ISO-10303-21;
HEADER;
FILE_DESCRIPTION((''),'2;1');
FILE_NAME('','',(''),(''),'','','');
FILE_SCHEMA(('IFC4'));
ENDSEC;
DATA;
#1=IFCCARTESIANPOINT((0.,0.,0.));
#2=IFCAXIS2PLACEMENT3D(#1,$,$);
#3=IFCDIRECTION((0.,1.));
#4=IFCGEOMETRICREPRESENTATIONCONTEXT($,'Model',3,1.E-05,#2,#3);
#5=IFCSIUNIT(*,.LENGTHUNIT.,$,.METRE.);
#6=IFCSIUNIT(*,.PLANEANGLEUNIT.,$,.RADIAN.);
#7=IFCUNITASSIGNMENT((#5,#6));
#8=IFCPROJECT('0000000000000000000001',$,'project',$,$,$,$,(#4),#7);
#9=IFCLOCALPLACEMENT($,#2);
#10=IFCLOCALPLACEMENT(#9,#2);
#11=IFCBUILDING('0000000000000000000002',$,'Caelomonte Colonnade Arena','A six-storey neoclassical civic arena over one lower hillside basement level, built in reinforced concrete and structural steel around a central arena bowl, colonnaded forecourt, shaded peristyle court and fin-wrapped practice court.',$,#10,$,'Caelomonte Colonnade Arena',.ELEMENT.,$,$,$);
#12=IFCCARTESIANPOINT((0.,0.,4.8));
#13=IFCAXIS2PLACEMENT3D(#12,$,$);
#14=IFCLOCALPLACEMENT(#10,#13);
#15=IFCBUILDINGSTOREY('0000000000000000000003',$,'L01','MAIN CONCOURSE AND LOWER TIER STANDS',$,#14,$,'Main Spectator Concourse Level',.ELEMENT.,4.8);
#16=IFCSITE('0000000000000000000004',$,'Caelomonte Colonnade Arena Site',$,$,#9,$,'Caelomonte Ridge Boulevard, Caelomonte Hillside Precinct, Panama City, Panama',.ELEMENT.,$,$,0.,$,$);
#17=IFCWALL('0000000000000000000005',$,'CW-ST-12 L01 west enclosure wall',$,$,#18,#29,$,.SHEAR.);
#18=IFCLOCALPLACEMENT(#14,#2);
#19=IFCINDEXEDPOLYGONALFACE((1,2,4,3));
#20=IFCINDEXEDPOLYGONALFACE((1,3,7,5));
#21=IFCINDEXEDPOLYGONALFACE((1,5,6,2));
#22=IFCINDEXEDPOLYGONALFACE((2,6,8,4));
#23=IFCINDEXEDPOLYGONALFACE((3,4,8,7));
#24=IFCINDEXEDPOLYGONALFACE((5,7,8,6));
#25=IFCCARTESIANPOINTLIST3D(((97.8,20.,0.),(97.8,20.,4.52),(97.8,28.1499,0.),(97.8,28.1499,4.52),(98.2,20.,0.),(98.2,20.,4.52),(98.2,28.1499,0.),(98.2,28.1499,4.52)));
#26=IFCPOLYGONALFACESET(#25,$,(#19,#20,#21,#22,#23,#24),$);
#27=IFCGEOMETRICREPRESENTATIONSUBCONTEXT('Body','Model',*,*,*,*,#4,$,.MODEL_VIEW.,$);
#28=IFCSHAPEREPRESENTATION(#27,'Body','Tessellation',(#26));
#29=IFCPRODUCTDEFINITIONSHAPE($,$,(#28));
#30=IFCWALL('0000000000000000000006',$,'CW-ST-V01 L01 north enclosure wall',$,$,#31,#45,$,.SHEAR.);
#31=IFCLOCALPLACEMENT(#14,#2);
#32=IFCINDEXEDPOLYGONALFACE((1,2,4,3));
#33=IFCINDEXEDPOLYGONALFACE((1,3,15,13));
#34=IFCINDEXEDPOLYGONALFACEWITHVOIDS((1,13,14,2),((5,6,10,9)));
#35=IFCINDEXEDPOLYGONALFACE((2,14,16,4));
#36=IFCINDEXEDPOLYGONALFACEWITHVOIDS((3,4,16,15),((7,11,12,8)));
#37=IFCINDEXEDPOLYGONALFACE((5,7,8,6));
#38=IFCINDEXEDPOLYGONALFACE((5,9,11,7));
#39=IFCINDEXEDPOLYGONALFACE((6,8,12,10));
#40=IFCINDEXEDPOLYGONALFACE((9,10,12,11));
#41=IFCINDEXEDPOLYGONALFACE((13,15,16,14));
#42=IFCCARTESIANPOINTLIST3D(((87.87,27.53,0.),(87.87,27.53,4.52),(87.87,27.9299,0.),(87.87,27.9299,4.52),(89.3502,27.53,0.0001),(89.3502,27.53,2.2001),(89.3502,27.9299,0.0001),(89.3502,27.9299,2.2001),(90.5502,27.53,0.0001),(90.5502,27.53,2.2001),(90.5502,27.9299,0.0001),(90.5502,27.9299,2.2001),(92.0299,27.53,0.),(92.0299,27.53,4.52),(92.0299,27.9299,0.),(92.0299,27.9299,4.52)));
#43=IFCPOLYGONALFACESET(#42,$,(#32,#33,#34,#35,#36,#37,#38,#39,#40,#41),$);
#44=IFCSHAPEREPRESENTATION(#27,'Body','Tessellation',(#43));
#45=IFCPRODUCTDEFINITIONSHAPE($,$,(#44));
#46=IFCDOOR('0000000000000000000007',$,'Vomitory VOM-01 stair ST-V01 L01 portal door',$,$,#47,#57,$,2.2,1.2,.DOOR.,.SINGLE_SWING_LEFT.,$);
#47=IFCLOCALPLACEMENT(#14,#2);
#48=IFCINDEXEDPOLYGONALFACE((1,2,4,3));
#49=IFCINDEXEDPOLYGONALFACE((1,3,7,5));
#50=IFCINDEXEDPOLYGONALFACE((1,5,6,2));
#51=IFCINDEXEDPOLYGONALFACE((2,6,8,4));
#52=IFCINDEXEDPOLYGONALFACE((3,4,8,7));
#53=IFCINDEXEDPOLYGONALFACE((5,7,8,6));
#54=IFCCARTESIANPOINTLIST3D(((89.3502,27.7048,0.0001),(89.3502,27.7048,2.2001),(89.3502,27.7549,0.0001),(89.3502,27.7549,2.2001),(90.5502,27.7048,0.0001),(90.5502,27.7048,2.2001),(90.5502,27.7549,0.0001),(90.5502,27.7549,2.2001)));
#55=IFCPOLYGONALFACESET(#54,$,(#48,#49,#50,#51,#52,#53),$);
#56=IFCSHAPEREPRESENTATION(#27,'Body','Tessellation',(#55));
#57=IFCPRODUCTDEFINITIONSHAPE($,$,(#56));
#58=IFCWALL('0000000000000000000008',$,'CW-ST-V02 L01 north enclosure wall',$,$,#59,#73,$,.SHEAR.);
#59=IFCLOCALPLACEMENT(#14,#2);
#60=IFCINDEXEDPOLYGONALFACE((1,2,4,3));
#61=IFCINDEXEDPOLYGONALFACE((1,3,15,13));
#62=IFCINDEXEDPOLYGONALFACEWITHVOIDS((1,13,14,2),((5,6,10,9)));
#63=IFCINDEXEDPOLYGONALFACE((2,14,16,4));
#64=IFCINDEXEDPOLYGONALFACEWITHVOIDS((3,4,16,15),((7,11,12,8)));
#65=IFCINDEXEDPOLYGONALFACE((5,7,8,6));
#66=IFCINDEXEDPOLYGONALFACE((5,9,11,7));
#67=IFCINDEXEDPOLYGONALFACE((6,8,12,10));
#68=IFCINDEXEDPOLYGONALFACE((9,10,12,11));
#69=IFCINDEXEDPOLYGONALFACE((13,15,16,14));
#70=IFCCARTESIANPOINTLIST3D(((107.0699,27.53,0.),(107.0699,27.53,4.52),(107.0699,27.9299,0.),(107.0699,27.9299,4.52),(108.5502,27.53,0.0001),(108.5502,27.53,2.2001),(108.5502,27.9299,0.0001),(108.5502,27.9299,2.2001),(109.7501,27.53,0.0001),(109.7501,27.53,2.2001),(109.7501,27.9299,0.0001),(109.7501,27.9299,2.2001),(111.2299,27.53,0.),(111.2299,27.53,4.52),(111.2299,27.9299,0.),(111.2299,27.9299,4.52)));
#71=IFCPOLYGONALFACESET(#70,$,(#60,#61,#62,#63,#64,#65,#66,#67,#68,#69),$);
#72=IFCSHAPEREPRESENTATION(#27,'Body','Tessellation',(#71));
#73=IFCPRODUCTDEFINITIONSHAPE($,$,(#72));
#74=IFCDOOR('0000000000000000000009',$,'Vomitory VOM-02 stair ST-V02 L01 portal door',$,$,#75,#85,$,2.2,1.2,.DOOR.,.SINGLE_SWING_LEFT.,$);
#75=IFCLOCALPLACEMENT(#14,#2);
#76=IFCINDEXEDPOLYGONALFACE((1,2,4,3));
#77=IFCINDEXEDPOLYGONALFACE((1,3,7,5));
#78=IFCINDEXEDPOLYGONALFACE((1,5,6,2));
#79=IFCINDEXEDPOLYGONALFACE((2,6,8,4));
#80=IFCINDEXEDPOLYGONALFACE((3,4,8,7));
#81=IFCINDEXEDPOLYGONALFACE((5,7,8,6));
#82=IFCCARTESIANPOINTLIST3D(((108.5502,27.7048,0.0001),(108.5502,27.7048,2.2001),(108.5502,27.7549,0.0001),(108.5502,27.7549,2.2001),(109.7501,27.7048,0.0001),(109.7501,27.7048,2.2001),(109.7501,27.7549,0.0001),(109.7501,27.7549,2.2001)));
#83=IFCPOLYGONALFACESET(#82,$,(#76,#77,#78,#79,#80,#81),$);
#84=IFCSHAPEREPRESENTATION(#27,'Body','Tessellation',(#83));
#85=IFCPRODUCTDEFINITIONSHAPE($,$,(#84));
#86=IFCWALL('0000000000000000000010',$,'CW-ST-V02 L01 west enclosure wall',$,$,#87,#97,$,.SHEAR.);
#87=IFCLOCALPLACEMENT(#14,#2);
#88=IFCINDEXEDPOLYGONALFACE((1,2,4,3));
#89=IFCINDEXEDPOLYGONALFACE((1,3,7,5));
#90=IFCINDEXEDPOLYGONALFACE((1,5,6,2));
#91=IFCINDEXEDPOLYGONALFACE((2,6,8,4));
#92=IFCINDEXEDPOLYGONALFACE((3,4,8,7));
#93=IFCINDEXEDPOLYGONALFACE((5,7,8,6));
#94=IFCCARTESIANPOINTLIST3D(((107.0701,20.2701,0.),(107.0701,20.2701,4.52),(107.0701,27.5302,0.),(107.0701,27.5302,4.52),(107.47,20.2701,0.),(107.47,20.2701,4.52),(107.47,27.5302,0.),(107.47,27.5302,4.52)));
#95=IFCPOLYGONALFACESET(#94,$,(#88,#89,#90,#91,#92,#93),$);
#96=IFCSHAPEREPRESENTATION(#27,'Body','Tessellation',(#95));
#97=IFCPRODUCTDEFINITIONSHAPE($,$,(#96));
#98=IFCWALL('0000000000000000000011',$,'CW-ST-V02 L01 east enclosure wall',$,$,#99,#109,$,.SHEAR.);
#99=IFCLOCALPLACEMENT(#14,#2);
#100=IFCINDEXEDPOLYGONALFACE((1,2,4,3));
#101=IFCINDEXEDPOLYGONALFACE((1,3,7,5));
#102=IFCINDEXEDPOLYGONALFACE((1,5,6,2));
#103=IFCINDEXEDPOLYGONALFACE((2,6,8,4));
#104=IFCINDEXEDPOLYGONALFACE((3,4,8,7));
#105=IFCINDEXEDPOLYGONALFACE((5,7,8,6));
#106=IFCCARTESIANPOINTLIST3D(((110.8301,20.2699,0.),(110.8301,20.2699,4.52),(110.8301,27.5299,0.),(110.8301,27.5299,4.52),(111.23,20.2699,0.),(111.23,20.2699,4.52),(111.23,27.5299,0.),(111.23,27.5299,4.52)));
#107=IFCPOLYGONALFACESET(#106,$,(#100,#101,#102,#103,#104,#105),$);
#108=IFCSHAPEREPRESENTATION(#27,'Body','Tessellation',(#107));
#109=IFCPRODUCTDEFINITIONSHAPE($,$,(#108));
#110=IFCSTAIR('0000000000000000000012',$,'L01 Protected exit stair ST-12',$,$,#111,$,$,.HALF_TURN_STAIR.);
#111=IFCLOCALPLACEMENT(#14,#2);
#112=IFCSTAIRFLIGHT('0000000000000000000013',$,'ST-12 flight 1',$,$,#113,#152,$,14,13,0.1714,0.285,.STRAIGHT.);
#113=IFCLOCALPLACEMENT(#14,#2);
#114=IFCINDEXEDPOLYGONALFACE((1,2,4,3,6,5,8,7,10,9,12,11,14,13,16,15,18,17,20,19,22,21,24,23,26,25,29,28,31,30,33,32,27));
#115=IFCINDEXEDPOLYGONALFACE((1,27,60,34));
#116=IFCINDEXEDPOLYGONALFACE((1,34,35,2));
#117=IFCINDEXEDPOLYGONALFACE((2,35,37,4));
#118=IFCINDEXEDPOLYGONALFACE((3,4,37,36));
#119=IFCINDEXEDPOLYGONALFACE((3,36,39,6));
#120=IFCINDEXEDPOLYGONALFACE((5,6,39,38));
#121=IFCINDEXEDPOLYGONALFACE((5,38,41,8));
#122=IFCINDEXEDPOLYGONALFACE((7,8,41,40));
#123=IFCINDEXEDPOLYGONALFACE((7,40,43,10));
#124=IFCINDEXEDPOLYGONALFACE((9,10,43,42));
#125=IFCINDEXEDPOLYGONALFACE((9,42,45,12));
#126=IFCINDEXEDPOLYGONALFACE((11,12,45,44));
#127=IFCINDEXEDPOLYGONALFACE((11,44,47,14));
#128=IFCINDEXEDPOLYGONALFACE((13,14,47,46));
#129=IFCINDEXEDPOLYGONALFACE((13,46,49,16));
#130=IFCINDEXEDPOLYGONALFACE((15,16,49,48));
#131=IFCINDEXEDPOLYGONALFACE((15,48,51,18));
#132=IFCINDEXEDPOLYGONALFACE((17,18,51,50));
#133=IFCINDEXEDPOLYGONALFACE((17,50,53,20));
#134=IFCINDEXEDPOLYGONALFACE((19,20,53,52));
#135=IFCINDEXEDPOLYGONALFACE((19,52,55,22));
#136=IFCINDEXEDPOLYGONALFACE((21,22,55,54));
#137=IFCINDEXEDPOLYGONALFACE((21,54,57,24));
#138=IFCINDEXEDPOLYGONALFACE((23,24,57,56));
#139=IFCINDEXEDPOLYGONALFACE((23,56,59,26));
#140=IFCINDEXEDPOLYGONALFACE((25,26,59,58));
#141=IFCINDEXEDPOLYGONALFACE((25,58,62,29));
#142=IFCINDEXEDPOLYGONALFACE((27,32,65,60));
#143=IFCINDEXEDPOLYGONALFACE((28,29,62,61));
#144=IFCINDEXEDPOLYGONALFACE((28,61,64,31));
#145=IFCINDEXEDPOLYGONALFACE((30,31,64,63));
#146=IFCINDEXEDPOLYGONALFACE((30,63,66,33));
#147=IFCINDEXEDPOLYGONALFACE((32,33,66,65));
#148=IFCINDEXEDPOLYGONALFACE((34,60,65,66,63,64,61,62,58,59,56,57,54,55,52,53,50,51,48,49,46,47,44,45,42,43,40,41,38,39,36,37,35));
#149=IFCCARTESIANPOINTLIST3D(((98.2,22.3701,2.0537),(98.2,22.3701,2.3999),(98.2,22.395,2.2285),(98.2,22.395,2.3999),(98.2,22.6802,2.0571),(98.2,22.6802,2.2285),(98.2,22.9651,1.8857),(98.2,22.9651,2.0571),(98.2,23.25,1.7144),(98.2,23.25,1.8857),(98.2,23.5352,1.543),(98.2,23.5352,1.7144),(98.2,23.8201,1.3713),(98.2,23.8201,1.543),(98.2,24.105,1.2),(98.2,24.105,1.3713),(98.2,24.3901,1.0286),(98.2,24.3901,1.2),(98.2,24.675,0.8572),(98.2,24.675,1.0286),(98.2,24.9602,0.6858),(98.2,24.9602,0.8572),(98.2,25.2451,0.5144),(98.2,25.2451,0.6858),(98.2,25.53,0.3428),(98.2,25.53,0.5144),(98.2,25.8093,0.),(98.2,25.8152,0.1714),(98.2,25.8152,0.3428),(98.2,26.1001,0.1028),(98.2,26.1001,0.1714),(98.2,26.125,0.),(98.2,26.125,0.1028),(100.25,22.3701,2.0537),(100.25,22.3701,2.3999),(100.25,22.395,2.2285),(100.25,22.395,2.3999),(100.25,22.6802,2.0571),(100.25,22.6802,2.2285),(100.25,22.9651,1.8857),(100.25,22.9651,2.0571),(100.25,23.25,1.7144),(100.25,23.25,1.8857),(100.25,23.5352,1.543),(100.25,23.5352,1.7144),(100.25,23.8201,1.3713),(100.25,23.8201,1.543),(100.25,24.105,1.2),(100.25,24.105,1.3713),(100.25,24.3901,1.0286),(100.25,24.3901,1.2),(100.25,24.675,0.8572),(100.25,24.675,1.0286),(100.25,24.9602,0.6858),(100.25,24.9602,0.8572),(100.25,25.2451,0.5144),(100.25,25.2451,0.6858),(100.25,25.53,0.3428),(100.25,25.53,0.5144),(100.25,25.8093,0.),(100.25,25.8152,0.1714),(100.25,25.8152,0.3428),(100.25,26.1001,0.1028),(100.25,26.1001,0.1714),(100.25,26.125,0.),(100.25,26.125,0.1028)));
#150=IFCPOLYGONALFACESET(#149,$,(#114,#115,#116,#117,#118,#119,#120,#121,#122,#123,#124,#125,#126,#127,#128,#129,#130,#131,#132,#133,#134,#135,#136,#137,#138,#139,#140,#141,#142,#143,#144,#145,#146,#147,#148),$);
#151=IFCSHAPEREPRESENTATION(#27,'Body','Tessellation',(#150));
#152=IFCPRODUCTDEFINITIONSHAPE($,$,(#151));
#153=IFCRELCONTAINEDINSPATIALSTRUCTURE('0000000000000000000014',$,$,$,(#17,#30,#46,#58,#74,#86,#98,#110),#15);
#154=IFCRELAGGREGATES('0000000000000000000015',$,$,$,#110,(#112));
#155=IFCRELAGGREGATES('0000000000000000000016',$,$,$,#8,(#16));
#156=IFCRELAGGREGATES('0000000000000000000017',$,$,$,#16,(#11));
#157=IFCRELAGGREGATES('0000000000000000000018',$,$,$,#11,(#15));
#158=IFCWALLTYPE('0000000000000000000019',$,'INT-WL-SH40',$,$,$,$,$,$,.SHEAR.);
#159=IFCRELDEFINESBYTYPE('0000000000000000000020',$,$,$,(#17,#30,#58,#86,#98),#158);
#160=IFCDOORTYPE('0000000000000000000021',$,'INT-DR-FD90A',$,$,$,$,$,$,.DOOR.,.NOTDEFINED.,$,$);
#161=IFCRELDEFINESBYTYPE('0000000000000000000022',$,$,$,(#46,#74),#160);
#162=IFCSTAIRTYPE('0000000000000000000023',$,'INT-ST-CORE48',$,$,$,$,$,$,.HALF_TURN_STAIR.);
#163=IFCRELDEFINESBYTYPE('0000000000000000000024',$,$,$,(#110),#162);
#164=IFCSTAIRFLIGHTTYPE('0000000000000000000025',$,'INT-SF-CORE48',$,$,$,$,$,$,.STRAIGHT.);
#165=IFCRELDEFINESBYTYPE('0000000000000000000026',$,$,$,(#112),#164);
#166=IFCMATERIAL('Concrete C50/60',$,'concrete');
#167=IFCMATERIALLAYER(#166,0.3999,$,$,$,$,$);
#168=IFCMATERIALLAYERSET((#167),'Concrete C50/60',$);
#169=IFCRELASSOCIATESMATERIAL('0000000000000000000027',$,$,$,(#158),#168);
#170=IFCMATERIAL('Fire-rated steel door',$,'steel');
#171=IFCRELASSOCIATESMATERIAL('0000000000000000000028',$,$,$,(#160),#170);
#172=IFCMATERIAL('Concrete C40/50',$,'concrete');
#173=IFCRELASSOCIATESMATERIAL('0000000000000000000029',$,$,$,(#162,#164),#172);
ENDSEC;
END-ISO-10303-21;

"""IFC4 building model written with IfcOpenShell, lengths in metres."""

from ifc_helpers import new_model, si_unit, direction, frame, frame_2d, origin, place, context, subcontext, project, spatial, polyline, rectangle, outline, extrude, material, layer, layer_set, type_object, element, fill, aggregate, save


model = new_model("IFC4")

# Units and contexts
model_context = context("Model", 3, precision=1e-05, world=origin(), true_north=direction((0.0, 1.0)))
body_context = subcontext(model_context, "Body", "Model", "MODEL_VIEW")
ifc_project = project(units=[si_unit("LENGTHUNIT", "METRE"), si_unit("PLANEANGLEUNIT", "RADIAN")], contexts=[model_context])

# Site, building, storey
site_placement = place(None, origin())
site = spatial("IfcSite", under=ifc_project, at=site_placement, Name="Caelomonte Colonnade Arena Site", LongName="Caelomonte Ridge Boulevard, Caelomonte Hillside Precinct, Panama City, Panama", CompositionType="ELEMENT", RefElevation=0.0)
building_placement = place(site_placement, origin())
building = spatial("IfcBuilding", under=site, at=building_placement, Name="Caelomonte Colonnade Arena", Description="A six-storey neoclassical civic arena over one lower hillside basement level, built in reinforced concrete and structural steel around a central arena bowl, colonnaded forecourt, shaded peristyle court and fin-wrapped practice court.", LongName="Caelomonte Colonnade Arena", CompositionType="ELEMENT")
storey_placement = place(building_placement, frame((0.0, 0.0, 4.8)))
storey = spatial("IfcBuildingStorey", under=building, at=storey_placement, Name="L01", Description="MAIN CONCOURSE AND LOWER TIER STANDS", LongName="Main Spectator Concourse Level", CompositionType="ELEMENT", Elevation=4.8)

# Shared definitions
ifc_material_1 = material(Name="Concrete C50/60", Category="concrete")

# Shared definitions
ifc_layer_1 = layer(ifc_material_1, 0.3999)
ifc_layer_set_1 = layer_set([ifc_layer_1], Name="Concrete C50/60")
wall_type = type_object("IfcWallType", Name="INT-WL-SH40", PredefinedType="SHEAR", material=ifc_layer_set_1)
ifc_material_2 = material(Name="Fire-rated steel door", Category="steel")
door_type = type_object("IfcDoorType", Name="INT-DR-FD90A", OperationType="NOTDEFINED", PredefinedType="DOOR", material=ifc_material_2)

# Wall
wall_1_placement = place(storey_placement, frame((98.0, 28.1499, 0.0), z_axis=(0.0, 0.0, 1.0), x_axis=(0.0, -1.0, 0.0)))
element("IfcWall", 1, at=wall_1_placement, inside=storey, type_object=wall_type, Name="CW-ST-12 L01 west enclosure wall", PredefinedType="SHEAR", context=body_context, shape_type="SweptSolid", body=[
    extrude(rectangle(XDim=8.1499, YDim=0.3999, at=frame_2d((4.075, 0.0))), origin(), (0.0, 0.0, 1.0), 4.52),
])

# Walls, openings, doors
wall_2_placement = place(storey_placement, frame((92.03, 27.73, 0.0), z_axis=(0.0, 0.0, 1.0), x_axis=(-1.0, 0.0, 0.0)))
wall_2 = element("IfcWall", 2, at=wall_2_placement, inside=storey, type_object=wall_type, Name="CW-ST-V01 L01 north enclosure wall", PredefinedType="SHEAR", context=body_context, shape_type="SweptSolid", body=[
    extrude(rectangle(XDim=4.1599, YDim=0.3999, at=frame_2d((2.0801, 0.0))), origin(), (0.0, 0.0, 1.0), 4.52),
])
opening_1_placement = place(wall_2_placement, frame((2.6799, 0.0, 0.0), z_axis=(0.0, 0.0, 1.0), x_axis=(-1.0, 0.0, 0.0)))
opening_1 = element("IfcOpeningElement", 3, at=opening_1_placement, cuts=wall_2, PredefinedType="OPENING", context=body_context, shape_type="SweptSolid", body=[
    extrude(rectangle(XDim=1.2, YDim=2.2, at=frame_2d((0.6001, 1.1001))), frame((0.0, 0.21, 0.0), z_axis=(0.0, -1.0, 0.0), x_axis=(1.0, 0.0, 0.0)), (0.0, 0.0, 1.0), 0.4199),
])
door_1_placement = place(opening_1_placement, origin())
door_1 = element("IfcDoor", 4, at=door_1_placement, inside=storey, type_object=door_type, Name="Vomitory VOM-01 stair ST-V01 L01 portal door", OperationType="SINGLE_SWING_LEFT", OverallHeight=2.2, OverallWidth=1.2, PredefinedType="DOOR", context=body_context, shape_type="SweptSolid", body=[
    extrude(rectangle(XDim=1.2, YDim=2.2, at=frame_2d((0.6001, 1.1001))), frame((0.0, 0.0249, 0.0), z_axis=(0.0, -1.0, 0.0), x_axis=(1.0, 0.0, 0.0)), (0.0, 0.0, 1.0), 0.05),
])
fill(opening_1, door_1)
wall_3_placement = place(storey_placement, frame((111.23, 27.73, 0.0), z_axis=(0.0, 0.0, 1.0), x_axis=(-1.0, 0.0, 0.0)))
wall_3 = element("IfcWall", 5, at=wall_3_placement, inside=storey, type_object=wall_type, Name="CW-ST-V02 L01 north enclosure wall", PredefinedType="SHEAR", context=body_context, shape_type="SweptSolid", body=[
    extrude(rectangle(XDim=4.1599, YDim=0.3999, at=frame_2d((2.0801, 0.0))), origin(), (0.0, 0.0, 1.0), 4.52),
])
opening_2_placement = place(wall_3_placement, frame((2.6799, 0.0, 0.0), z_axis=(0.0, 0.0, 1.0), x_axis=(-1.0, 0.0, 0.0)))
opening_2 = element("IfcOpeningElement", 6, at=opening_2_placement, cuts=wall_3, PredefinedType="OPENING", context=body_context, shape_type="SweptSolid", body=[
    extrude(rectangle(XDim=1.2, YDim=2.2, at=frame_2d((0.6001, 1.1001))), frame((0.0, 0.21, 0.0), z_axis=(0.0, -1.0, 0.0), x_axis=(1.0, 0.0, 0.0)), (0.0, 0.0, 1.0), 0.4199),
])
door_2_placement = place(opening_2_placement, origin())
door_2 = element("IfcDoor", 7, at=door_2_placement, inside=storey, type_object=door_type, Name="Vomitory VOM-02 stair ST-V02 L01 portal door", OperationType="SINGLE_SWING_LEFT", OverallHeight=2.2, OverallWidth=1.2, PredefinedType="DOOR", context=body_context, shape_type="SweptSolid", body=[
    extrude(rectangle(XDim=1.2, YDim=2.2, at=frame_2d((0.6001, 1.1001))), frame((0.0, 0.0249, 0.0), z_axis=(0.0, -1.0, 0.0), x_axis=(1.0, 0.0, 0.0)), (0.0, 0.0, 1.0), 0.05),
])
fill(opening_2, door_2)

# Walls
for number, where, z_axis, x_axis, name in (
    (8, (107.27, 27.53, 0.0), (0.0, 0.0, 1.0), (0.0, -1.0, 0.0), "CW-ST-V02 L01 west enclosure wall"),
    (9, (111.03, 20.27, 0.0), (0.0, 0.0, 1.0), (0.0, 1.0, 0.0), "CW-ST-V02 L01 east enclosure wall"),
):
    element("IfcWall", number, at=place(storey_placement, frame(where, z_axis=z_axis, x_axis=x_axis)), inside=storey, type_object=wall_type, Name=name, PredefinedType="SHEAR", context=body_context, shape_type="SweptSolid", body=[
        extrude(rectangle(XDim=7.26, YDim=0.3999, at=frame_2d((3.6299, 0.0))), origin(), (0.0, 0.0, 1.0), 4.52),
    ])

# Stair, stair flight
ifc_material_3 = material(Name="Concrete C40/50", Category="concrete")
stair_type = type_object("IfcStairType", Name="INT-ST-CORE48", PredefinedType="HALF_TURN_STAIR", material=ifc_material_3)
stair_placement = place(storey_placement, origin())
stair = element("IfcStair", 10, at=stair_placement, inside=storey, type_object=stair_type, Name="L01 Protected exit stair ST-12", PredefinedType="HALF_TURN_STAIR")
stair_flight_type = type_object("IfcStairFlightType", Name="INT-SF-CORE48", PredefinedType="STRAIGHT", material=ifc_material_3)
stair_flight_1_placement = place(storey_placement, frame((99.2251, 26.1001, 0.0), z_axis=(0.0, 0.0, 1.0), x_axis=(0.0, -1.0, 0.0)))
stair_flight_1 = element("IfcStairFlight", 11, at=stair_flight_1_placement, type_object=stair_flight_type, Name="ST-12 flight 1", NumberOfRisers=14, NumberOfTreads=13, PredefinedType="STRAIGHT", RiserHeight=0.1714, TreadLength=0.285, context=body_context, shape_type="SweptSolid", body=[
    extrude(outline(polyline([(-0.0249, 0.0), (-0.0249, 0.1028), (0.0, 0.1028), (0.0, 0.1714), (0.2849, 0.1714), (0.2849, 0.3428), (0.5701, 0.3428), (0.5701, 0.5144), (0.855, 0.5144), (0.855, 0.6858), (1.1399, 0.6858), (1.1399, 0.8572), (1.425, 0.8572), (1.425, 1.0286), (1.71, 1.0286), (1.71, 1.2), (1.9951, 1.2), (1.9951, 1.3713), (2.28, 1.3713), (2.28, 1.543), (2.5649, 1.543), (2.5649, 1.7144), (2.8501, 1.7144), (2.8501, 1.8857), (3.135, 1.8857), (3.135, 2.0571), (3.4199, 2.0571), (3.4199, 2.2285), (3.7051, 2.2285), (3.7051, 2.3999), (3.73, 2.3999), (3.73, 2.0537), (0.2908, 0.0), (-0.0249, 0.0)])), frame((0.0, 1.0249, 0.0), z_axis=(0.0, -1.0, 0.0), x_axis=(1.0, 0.0, 0.0)), (0.0, 0.0, 1.0), 2.05),
])
aggregate(stair, [stair_flight_1])

save(model, "model.ifc")
